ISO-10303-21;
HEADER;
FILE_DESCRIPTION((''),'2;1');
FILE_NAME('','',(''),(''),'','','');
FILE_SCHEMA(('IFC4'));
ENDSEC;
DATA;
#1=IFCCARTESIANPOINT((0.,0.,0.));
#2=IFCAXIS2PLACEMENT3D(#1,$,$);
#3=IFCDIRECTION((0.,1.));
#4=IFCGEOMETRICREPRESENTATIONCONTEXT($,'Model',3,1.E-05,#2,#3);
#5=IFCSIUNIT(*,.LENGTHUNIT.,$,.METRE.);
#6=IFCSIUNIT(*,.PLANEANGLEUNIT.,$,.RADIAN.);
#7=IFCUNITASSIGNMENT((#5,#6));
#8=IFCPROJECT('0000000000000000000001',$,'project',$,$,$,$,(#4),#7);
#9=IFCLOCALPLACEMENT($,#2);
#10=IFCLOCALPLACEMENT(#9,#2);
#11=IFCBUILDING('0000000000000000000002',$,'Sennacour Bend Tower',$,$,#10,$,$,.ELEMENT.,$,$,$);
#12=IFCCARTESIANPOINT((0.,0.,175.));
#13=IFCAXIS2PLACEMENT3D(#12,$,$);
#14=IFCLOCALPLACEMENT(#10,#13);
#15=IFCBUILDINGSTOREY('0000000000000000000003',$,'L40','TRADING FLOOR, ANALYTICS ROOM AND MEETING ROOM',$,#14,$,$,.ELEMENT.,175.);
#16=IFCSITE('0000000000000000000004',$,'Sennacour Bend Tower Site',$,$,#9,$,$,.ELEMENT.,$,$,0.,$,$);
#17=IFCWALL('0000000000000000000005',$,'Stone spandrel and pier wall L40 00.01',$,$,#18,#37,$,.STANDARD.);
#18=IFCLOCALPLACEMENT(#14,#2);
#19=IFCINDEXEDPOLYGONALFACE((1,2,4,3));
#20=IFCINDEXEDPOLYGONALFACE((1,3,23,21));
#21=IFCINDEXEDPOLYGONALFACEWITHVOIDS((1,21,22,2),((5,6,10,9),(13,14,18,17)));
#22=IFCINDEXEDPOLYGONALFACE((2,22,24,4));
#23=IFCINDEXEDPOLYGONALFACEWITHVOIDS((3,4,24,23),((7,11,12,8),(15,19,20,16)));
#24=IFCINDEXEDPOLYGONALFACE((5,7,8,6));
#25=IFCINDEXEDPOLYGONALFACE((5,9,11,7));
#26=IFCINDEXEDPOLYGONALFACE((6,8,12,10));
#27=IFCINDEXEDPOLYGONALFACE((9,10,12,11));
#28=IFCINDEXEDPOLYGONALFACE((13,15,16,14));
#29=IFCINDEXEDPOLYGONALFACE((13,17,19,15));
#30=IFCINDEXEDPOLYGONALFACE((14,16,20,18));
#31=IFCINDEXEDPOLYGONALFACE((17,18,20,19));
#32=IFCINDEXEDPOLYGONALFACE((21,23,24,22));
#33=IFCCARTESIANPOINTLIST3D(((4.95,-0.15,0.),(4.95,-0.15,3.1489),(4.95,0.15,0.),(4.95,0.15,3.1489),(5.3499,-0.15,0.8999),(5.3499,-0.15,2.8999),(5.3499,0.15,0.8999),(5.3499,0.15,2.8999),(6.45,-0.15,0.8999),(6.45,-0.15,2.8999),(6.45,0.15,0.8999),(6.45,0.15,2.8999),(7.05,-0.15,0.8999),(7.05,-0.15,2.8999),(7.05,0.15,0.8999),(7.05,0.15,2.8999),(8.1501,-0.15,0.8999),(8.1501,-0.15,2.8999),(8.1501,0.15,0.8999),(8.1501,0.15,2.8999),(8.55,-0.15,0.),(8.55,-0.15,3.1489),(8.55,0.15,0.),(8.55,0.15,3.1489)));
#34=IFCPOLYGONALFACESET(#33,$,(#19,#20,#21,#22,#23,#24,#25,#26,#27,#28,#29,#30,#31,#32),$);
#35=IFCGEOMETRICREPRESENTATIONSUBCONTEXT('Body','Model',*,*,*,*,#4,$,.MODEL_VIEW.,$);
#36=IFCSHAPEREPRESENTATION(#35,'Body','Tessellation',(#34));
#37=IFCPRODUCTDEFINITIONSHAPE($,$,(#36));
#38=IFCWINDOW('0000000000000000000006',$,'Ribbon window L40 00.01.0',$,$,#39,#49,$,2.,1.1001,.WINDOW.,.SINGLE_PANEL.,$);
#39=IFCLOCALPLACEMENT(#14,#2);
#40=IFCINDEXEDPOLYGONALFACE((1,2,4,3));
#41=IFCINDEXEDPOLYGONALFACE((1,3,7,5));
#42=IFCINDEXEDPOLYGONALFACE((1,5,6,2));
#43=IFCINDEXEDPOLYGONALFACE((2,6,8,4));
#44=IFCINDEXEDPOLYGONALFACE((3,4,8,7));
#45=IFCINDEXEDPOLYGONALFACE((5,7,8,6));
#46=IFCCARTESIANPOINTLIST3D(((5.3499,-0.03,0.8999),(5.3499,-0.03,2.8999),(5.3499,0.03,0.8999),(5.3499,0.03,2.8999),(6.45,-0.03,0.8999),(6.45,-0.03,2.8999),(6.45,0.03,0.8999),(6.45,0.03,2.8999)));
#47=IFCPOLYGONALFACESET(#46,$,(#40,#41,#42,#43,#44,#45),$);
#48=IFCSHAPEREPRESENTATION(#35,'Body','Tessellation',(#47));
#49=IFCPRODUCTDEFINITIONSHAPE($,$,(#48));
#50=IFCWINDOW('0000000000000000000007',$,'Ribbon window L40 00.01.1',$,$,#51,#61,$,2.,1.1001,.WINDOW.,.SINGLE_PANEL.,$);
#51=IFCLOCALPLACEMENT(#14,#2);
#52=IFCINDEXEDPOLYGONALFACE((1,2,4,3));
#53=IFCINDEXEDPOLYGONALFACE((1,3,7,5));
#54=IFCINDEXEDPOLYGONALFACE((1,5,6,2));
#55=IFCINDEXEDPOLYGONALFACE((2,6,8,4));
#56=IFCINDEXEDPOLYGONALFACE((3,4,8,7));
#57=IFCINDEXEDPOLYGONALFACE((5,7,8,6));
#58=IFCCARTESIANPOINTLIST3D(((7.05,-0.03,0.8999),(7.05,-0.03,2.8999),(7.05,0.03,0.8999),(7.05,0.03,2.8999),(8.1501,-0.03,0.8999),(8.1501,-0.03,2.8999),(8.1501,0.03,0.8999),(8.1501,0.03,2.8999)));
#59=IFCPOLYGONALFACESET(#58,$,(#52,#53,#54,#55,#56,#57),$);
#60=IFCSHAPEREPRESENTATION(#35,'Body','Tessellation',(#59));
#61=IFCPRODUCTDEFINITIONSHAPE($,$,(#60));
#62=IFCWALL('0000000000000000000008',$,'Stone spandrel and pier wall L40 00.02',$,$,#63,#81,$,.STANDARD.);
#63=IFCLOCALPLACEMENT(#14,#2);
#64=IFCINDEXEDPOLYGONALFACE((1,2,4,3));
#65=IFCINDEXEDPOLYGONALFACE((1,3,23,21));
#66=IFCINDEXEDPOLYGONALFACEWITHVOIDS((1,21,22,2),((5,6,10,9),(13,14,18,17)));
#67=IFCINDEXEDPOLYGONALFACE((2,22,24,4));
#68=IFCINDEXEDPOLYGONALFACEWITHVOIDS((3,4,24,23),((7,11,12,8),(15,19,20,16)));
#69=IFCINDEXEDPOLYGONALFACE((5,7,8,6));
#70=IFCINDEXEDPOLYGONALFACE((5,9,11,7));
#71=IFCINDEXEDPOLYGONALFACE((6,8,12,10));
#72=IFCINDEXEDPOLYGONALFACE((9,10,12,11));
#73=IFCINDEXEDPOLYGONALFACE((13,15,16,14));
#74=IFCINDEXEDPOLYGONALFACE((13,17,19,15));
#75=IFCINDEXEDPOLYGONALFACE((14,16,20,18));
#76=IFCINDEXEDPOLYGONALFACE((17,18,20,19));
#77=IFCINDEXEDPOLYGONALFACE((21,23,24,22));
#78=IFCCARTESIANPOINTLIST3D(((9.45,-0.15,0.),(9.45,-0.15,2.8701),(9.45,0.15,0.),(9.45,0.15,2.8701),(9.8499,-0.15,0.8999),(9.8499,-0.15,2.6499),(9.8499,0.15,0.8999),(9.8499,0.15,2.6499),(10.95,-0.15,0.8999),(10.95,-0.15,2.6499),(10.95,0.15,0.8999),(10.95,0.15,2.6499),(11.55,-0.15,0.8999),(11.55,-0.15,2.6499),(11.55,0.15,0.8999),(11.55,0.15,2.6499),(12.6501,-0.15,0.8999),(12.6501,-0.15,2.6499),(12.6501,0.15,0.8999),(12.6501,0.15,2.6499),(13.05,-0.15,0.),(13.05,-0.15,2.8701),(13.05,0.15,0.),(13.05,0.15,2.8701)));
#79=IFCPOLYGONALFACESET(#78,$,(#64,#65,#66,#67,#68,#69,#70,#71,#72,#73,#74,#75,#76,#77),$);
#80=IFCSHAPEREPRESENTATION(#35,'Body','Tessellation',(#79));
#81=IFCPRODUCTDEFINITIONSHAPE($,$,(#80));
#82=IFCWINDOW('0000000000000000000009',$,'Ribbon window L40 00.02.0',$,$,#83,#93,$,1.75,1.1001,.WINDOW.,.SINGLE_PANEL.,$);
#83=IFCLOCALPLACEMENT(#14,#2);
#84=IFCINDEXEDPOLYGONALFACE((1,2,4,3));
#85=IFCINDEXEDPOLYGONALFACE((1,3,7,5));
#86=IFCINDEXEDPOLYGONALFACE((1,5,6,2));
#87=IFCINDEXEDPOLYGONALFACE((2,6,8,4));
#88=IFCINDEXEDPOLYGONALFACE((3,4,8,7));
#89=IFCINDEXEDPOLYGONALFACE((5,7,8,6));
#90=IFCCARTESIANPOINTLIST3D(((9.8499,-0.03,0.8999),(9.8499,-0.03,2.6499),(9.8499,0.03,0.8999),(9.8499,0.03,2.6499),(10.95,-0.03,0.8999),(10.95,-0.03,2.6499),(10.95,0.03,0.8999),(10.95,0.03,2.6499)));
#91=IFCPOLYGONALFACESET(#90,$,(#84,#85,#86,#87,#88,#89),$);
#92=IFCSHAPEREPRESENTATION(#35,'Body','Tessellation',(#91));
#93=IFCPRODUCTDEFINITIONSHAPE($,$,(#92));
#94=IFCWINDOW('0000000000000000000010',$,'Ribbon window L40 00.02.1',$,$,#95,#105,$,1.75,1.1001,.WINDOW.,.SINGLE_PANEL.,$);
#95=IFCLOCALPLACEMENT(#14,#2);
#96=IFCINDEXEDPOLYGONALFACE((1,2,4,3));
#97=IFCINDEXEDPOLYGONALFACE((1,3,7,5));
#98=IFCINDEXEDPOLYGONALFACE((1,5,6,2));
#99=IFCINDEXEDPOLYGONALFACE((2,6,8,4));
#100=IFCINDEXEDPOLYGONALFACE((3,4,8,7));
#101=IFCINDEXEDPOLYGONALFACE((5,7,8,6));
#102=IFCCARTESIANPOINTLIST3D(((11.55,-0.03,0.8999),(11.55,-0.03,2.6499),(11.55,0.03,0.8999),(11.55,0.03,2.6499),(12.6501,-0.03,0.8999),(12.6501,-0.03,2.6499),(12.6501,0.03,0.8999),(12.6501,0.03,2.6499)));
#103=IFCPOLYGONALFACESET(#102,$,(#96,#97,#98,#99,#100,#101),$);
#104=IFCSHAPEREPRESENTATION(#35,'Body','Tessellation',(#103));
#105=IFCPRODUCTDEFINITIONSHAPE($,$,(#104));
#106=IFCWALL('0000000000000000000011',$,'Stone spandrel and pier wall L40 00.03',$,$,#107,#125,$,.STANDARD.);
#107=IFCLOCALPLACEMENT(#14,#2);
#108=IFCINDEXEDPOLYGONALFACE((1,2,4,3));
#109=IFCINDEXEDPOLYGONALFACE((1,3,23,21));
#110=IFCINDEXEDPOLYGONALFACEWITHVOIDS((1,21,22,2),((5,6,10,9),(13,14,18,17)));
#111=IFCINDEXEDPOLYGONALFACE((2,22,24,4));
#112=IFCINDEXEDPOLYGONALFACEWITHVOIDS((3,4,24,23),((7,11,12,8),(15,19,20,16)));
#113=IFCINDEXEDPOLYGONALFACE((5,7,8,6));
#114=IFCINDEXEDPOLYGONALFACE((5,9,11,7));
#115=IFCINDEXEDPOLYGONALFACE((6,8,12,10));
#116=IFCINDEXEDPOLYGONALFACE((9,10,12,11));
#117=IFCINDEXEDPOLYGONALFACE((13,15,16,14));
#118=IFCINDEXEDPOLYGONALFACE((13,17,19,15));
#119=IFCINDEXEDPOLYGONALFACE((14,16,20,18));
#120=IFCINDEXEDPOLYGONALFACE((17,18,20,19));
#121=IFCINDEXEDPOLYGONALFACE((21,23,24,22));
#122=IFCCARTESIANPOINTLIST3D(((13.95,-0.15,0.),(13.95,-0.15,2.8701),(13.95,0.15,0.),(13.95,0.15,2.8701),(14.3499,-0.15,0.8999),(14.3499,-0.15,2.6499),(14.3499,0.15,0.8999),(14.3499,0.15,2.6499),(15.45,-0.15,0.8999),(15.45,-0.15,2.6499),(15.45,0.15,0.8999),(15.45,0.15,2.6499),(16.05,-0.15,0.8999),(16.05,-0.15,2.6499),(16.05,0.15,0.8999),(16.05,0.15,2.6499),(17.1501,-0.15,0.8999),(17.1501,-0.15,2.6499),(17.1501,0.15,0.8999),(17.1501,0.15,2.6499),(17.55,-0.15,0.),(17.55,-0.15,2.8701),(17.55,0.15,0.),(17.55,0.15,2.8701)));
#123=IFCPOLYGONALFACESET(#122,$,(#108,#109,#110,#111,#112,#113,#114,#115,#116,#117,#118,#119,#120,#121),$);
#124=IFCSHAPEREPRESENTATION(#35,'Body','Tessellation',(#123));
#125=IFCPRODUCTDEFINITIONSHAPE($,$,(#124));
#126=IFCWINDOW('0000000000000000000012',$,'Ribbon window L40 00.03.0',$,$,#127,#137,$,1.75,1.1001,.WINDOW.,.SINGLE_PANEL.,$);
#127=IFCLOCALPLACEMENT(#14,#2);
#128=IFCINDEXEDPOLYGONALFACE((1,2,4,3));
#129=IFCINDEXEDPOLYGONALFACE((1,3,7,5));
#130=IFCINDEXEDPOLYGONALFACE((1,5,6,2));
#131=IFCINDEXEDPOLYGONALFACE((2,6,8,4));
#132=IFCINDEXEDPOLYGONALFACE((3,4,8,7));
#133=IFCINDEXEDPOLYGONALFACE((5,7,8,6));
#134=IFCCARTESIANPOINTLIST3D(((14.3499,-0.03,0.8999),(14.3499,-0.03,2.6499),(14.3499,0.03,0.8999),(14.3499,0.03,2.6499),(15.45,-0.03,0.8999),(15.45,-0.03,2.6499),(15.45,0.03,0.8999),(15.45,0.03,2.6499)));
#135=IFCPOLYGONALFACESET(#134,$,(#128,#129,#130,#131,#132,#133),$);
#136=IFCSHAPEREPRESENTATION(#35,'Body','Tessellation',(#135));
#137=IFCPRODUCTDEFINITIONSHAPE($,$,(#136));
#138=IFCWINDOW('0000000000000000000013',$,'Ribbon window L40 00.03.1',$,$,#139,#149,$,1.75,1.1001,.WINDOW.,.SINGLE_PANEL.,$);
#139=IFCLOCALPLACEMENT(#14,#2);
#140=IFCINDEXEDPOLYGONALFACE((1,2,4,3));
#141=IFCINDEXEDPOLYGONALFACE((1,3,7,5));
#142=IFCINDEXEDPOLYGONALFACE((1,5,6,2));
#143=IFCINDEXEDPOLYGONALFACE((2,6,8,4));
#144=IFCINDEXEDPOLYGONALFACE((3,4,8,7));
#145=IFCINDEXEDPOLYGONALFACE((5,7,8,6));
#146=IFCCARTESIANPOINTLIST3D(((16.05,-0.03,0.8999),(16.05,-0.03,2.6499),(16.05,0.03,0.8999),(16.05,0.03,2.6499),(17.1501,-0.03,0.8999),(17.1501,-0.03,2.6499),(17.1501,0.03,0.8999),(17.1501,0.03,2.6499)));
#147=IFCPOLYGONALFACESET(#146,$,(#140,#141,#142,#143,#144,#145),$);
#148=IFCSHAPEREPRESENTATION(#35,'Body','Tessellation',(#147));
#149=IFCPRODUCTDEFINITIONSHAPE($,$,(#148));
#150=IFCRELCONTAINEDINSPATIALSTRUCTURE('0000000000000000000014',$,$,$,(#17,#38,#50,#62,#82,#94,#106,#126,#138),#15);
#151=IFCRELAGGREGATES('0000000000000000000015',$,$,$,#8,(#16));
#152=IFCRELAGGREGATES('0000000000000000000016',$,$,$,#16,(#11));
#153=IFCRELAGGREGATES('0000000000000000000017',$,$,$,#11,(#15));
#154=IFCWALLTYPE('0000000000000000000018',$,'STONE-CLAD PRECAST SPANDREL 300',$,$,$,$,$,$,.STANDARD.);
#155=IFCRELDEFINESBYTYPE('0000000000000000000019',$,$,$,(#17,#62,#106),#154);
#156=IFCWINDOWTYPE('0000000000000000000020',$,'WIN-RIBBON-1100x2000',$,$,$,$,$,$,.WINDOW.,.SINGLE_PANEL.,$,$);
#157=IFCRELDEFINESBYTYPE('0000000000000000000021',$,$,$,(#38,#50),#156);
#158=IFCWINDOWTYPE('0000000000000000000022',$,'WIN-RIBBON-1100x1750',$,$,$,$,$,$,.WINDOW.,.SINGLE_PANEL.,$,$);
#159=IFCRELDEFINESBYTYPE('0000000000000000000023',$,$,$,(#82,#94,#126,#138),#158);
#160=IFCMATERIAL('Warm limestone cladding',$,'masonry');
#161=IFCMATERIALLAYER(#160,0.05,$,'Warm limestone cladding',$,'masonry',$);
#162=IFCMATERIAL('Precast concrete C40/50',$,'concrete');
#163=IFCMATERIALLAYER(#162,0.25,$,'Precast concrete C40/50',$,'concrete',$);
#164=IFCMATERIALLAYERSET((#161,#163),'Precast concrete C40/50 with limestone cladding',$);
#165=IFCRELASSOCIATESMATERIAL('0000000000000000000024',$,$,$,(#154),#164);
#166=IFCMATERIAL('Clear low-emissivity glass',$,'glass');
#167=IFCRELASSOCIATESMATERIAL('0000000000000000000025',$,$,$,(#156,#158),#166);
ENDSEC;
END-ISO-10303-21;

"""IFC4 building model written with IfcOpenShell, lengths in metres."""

from ifc_helpers import new_model, si_unit, direction, frame, frame_2d, origin, place, context, subcontext, project, spatial, rectangle, extrude, material, layer, layer_set, type_object, element, fill, save


model = new_model("IFC4")

# Units and contexts
model_context = context("Model", 3, precision=1e-05, world=origin(), true_north=direction((0.0, 1.0)))
body_context = subcontext(model_context, "Body", "Model", "MODEL_VIEW")
ifc_project = project(units=[si_unit("LENGTHUNIT", "METRE"), si_unit("PLANEANGLEUNIT", "RADIAN")], contexts=[model_context])

# Site, building, storey
site_placement = place(None, origin())
site = spatial("IfcSite", under=ifc_project, at=site_placement, Name="Sennacour Bend Tower Site", CompositionType="ELEMENT", RefElevation=0.0)
building_placement = place(site_placement, origin())
building = spatial("IfcBuilding", under=site, at=building_placement, Name="Sennacour Bend Tower", CompositionType="ELEMENT")
storey_placement = place(building_placement, frame((0.0, 0.0, 175.0)))
storey = spatial("IfcBuildingStorey", under=building, at=storey_placement, Name="L40", Description="TRADING FLOOR, ANALYTICS ROOM AND MEETING ROOM", CompositionType="ELEMENT", Elevation=175.0)

# Walls, openings, windows
ifc_material_1 = material(Name="Warm limestone cladding", Category="masonry")
ifc_layer_1 = layer(ifc_material_1, 0.05, Name="Warm limestone cladding", Category="masonry")
ifc_material_2 = material(Name="Precast concrete C40/50", Category="concrete")
ifc_layer_2 = layer(ifc_material_2, 0.25, Name="Precast concrete C40/50", Category="concrete")
ifc_layer_set_1 = layer_set([ifc_layer_1, ifc_layer_2], Name="Precast concrete C40/50 with limestone cladding")
wall_type_1 = type_object("IfcWallType", Name="STONE-CLAD PRECAST SPANDREL 300", PredefinedType="STANDARD", material=ifc_layer_set_1)
wall_1_placement = place(storey_placement, frame((4.95, 0.0, 0.0), z_axis=(0.0, 0.0, 1.0), x_axis=(1.0, 0.0, 0.0)))
wall_1 = element("IfcWall", 1, at=wall_1_placement, inside=storey, type_object=wall_type_1, Name="Stone spandrel and pier wall L40 00.01", PredefinedType="STANDARD", context=body_context, shape_type="SweptSolid", body=[
    extrude(rectangle(XDim=3.6001, YDim=0.3, at=frame_2d((1.8, 0.0))), origin(), (0.0, 0.0, 1.0), 3.1489),
])
opening_1_placement = place(wall_1_placement, frame((0.3999, 0.0, 0.8999)))
opening_1 = element("IfcOpeningElement", 2, at=opening_1_placement, cuts=wall_1, PredefinedType="OPENING", context=body_context, shape_type="SweptSolid", body=[
    extrude(rectangle(XDim=1.1001, YDim=2.0, at=frame_2d((0.55, 1.0))), frame((0.0, 0.1602, 0.0), z_axis=(0.0, -1.0, 0.0), x_axis=(1.0, 0.0, 0.0)), (0.0, 0.0, 1.0), 0.3201),
])
opening_2_placement = place(wall_1_placement, frame((2.1001, 0.0, 0.8999)))
opening_2 = element("IfcOpeningElement", 3, at=opening_2_placement, cuts=wall_1, PredefinedType="OPENING", context=body_context, shape_type="SweptSolid", body=[
    extrude(rectangle(XDim=1.1001, YDim=2.0, at=frame_2d((0.55, 1.0))), frame((0.0, 0.1602, 0.0), z_axis=(0.0, -1.0, 0.0), x_axis=(1.0, 0.0, 0.0)), (0.0, 0.0, 1.0), 0.3201),
])
ifc_material_3 = material(Name="Clear low-emissivity glass", Category="glass")
window_type_1 = type_object("IfcWindowType", Name="WIN-RIBBON-1100x2000", PartitioningType="SINGLE_PANEL", PredefinedType="WINDOW", material=ifc_material_3)
window_1_placement = place(opening_1_placement, origin())
window_1 = element("IfcWindow", 4, at=window_1_placement, inside=storey, type_object=window_type_1, Name="Ribbon window L40 00.01.0", OverallHeight=2.0, OverallWidth=1.1001, PartitioningType="SINGLE_PANEL", PredefinedType="WINDOW", context=body_context, shape_type="SweptSolid", body=[
    extrude(rectangle(XDim=1.1001, YDim=2.0, at=frame_2d((0.55, 1.0))), frame((0.0, 0.03, 0.0), z_axis=(0.0, -1.0, 0.0), x_axis=(1.0, 0.0, 0.0)), (0.0, 0.0, 1.0), 0.0601),
])
fill(opening_1, window_1)
window_2_placement = place(opening_2_placement, origin())
window_2 = element("IfcWindow", 5, at=window_2_placement, inside=storey, type_object=window_type_1, Name="Ribbon window L40 00.01.1", OverallHeight=2.0, OverallWidth=1.1001, PartitioningType="SINGLE_PANEL", PredefinedType="WINDOW", context=body_context, shape_type="SweptSolid", body=[
    extrude(rectangle(XDim=1.1001, YDim=2.0, at=frame_2d((0.55, 1.0))), frame((0.0, 0.03, 0.0), z_axis=(0.0, -1.0, 0.0), x_axis=(1.0, 0.0, 0.0)), (0.0, 0.0, 1.0), 0.0601),
])
fill(opening_2, window_2)
wall_2_placement = place(storey_placement, frame((9.45, 0.0, 0.0), z_axis=(0.0, 0.0, 1.0), x_axis=(1.0, 0.0, 0.0)))
wall_2 = element("IfcWall", 6, at=wall_2_placement, inside=storey, type_object=wall_type_1, Name="Stone spandrel and pier wall L40 00.02", PredefinedType="STANDARD", context=body_context, shape_type="SweptSolid", body=[
    extrude(rectangle(XDim=3.6001, YDim=0.3, at=frame_2d((1.8, 0.0))), origin(), (0.0, 0.0, 1.0), 2.8701),
])
opening_3_placement = place(wall_2_placement, frame((0.3999, 0.0, 0.8999)))
opening_3 = element("IfcOpeningElement", 7, at=opening_3_placement, cuts=wall_2, PredefinedType="OPENING", context=body_context, shape_type="SweptSolid", body=[
    extrude(rectangle(XDim=1.1001, YDim=1.75, at=frame_2d((0.55, 0.875))), frame((0.0, 0.1602, 0.0), z_axis=(0.0, -1.0, 0.0), x_axis=(1.0, 0.0, 0.0)), (0.0, 0.0, 1.0), 0.3201),
])
opening_4_placement = place(wall_2_placement, frame((2.1001, 0.0, 0.8999)))
opening_4 = element("IfcOpeningElement", 8, at=opening_4_placement, cuts=wall_2, PredefinedType="OPENING", context=body_context, shape_type="SweptSolid", body=[
    extrude(rectangle(XDim=1.1001, YDim=1.75, at=frame_2d((0.55, 0.875))), frame((0.0, 0.1602, 0.0), z_axis=(0.0, -1.0, 0.0), x_axis=(1.0, 0.0, 0.0)), (0.0, 0.0, 1.0), 0.3201),
])
window_type_2 = type_object("IfcWindowType", Name="WIN-RIBBON-1100x1750", PartitioningType="SINGLE_PANEL", PredefinedType="WINDOW", material=ifc_material_3)
window_3_placement = place(opening_3_placement, origin())
window_3 = element("IfcWindow", 9, at=window_3_placement, inside=storey, type_object=window_type_2, Name="Ribbon window L40 00.02.0", OverallHeight=1.75, OverallWidth=1.1001, PartitioningType="SINGLE_PANEL", PredefinedType="WINDOW", context=body_context, shape_type="SweptSolid", body=[
    extrude(rectangle(XDim=1.1001, YDim=1.75, at=frame_2d((0.55, 0.875))), frame((0.0, 0.03, 0.0), z_axis=(0.0, -1.0, 0.0), x_axis=(1.0, 0.0, 0.0)), (0.0, 0.0, 1.0), 0.0601),
])
fill(opening_3, window_3)
window_4_placement = place(opening_4_placement, origin())
window_4 = element("IfcWindow", 10, at=window_4_placement, inside=storey, type_object=window_type_2, Name="Ribbon window L40 00.02.1", OverallHeight=1.75, OverallWidth=1.1001, PartitioningType="SINGLE_PANEL", PredefinedType="WINDOW", context=body_context, shape_type="SweptSolid", body=[
    extrude(rectangle(XDim=1.1001, YDim=1.75, at=frame_2d((0.55, 0.875))), frame((0.0, 0.03, 0.0), z_axis=(0.0, -1.0, 0.0), x_axis=(1.0, 0.0, 0.0)), (0.0, 0.0, 1.0), 0.0601),
])
fill(opening_4, window_4)
wall_3_placement = place(storey_placement, frame((13.95, 0.0, 0.0), z_axis=(0.0, 0.0, 1.0), x_axis=(1.0, 0.0, 0.0)))
wall_3 = element("IfcWall", 11, at=wall_3_placement, inside=storey, type_object=wall_type_1, Name="Stone spandrel and pier wall L40 00.03", PredefinedType="STANDARD", context=body_context, shape_type="SweptSolid", body=[
    extrude(rectangle(XDim=3.6001, YDim=0.3, at=frame_2d((1.8, 0.0))), origin(), (0.0, 0.0, 1.0), 2.8701),
])
opening_5_placement = place(wall_3_placement, frame((0.3999, 0.0, 0.8999)))
opening_5 = element("IfcOpeningElement", 12, at=opening_5_placement, cuts=wall_3, PredefinedType="OPENING", context=body_context, shape_type="SweptSolid", body=[
    extrude(rectangle(XDim=1.1001, YDim=1.75, at=frame_2d((0.55, 0.875))), frame((0.0, 0.1602, 0.0), z_axis=(0.0, -1.0, 0.0), x_axis=(1.0, 0.0, 0.0)), (0.0, 0.0, 1.0), 0.3201),
])
opening_6_placement = place(wall_3_placement, frame((2.1001, 0.0, 0.8999)))
opening_6 = element("IfcOpeningElement", 13, at=opening_6_placement, cuts=wall_3, PredefinedType="OPENING", context=body_context, shape_type="SweptSolid", body=[
    extrude(rectangle(XDim=1.1001, YDim=1.75, at=frame_2d((0.55, 0.875))), frame((0.0, 0.1602, 0.0), z_axis=(0.0, -1.0, 0.0), x_axis=(1.0, 0.0, 0.0)), (0.0, 0.0, 1.0), 0.3201),
])
window_5_placement = place(opening_5_placement, origin())
window_5 = element("IfcWindow", 14, at=window_5_placement, inside=storey, type_object=window_type_2, Name="Ribbon window L40 00.03.0", OverallHeight=1.75, OverallWidth=1.1001, PartitioningType="SINGLE_PANEL", PredefinedType="WINDOW", context=body_context, shape_type="SweptSolid", body=[
    extrude(rectangle(XDim=1.1001, YDim=1.75, at=frame_2d((0.55, 0.875))), frame((0.0, 0.03, 0.0), z_axis=(0.0, -1.0, 0.0), x_axis=(1.0, 0.0, 0.0)), (0.0, 0.0, 1.0), 0.0601),
])
fill(opening_5, window_5)
window_6_placement = place(opening_6_placement, origin())
window_6 = element("IfcWindow", 15, at=window_6_placement, inside=storey, type_object=window_type_2, Name="Ribbon window L40 00.03.1", OverallHeight=1.75, OverallWidth=1.1001, PartitioningType="SINGLE_PANEL", PredefinedType="WINDOW", context=body_context, shape_type="SweptSolid", body=[
    extrude(rectangle(XDim=1.1001, YDim=1.75, at=frame_2d((0.55, 0.875))), frame((0.0, 0.03, 0.0), z_axis=(0.0, -1.0, 0.0), x_axis=(1.0, 0.0, 0.0)), (0.0, 0.0, 1.0), 0.0601),
])
fill(opening_6, window_6)

save(model, "model.ifc")
